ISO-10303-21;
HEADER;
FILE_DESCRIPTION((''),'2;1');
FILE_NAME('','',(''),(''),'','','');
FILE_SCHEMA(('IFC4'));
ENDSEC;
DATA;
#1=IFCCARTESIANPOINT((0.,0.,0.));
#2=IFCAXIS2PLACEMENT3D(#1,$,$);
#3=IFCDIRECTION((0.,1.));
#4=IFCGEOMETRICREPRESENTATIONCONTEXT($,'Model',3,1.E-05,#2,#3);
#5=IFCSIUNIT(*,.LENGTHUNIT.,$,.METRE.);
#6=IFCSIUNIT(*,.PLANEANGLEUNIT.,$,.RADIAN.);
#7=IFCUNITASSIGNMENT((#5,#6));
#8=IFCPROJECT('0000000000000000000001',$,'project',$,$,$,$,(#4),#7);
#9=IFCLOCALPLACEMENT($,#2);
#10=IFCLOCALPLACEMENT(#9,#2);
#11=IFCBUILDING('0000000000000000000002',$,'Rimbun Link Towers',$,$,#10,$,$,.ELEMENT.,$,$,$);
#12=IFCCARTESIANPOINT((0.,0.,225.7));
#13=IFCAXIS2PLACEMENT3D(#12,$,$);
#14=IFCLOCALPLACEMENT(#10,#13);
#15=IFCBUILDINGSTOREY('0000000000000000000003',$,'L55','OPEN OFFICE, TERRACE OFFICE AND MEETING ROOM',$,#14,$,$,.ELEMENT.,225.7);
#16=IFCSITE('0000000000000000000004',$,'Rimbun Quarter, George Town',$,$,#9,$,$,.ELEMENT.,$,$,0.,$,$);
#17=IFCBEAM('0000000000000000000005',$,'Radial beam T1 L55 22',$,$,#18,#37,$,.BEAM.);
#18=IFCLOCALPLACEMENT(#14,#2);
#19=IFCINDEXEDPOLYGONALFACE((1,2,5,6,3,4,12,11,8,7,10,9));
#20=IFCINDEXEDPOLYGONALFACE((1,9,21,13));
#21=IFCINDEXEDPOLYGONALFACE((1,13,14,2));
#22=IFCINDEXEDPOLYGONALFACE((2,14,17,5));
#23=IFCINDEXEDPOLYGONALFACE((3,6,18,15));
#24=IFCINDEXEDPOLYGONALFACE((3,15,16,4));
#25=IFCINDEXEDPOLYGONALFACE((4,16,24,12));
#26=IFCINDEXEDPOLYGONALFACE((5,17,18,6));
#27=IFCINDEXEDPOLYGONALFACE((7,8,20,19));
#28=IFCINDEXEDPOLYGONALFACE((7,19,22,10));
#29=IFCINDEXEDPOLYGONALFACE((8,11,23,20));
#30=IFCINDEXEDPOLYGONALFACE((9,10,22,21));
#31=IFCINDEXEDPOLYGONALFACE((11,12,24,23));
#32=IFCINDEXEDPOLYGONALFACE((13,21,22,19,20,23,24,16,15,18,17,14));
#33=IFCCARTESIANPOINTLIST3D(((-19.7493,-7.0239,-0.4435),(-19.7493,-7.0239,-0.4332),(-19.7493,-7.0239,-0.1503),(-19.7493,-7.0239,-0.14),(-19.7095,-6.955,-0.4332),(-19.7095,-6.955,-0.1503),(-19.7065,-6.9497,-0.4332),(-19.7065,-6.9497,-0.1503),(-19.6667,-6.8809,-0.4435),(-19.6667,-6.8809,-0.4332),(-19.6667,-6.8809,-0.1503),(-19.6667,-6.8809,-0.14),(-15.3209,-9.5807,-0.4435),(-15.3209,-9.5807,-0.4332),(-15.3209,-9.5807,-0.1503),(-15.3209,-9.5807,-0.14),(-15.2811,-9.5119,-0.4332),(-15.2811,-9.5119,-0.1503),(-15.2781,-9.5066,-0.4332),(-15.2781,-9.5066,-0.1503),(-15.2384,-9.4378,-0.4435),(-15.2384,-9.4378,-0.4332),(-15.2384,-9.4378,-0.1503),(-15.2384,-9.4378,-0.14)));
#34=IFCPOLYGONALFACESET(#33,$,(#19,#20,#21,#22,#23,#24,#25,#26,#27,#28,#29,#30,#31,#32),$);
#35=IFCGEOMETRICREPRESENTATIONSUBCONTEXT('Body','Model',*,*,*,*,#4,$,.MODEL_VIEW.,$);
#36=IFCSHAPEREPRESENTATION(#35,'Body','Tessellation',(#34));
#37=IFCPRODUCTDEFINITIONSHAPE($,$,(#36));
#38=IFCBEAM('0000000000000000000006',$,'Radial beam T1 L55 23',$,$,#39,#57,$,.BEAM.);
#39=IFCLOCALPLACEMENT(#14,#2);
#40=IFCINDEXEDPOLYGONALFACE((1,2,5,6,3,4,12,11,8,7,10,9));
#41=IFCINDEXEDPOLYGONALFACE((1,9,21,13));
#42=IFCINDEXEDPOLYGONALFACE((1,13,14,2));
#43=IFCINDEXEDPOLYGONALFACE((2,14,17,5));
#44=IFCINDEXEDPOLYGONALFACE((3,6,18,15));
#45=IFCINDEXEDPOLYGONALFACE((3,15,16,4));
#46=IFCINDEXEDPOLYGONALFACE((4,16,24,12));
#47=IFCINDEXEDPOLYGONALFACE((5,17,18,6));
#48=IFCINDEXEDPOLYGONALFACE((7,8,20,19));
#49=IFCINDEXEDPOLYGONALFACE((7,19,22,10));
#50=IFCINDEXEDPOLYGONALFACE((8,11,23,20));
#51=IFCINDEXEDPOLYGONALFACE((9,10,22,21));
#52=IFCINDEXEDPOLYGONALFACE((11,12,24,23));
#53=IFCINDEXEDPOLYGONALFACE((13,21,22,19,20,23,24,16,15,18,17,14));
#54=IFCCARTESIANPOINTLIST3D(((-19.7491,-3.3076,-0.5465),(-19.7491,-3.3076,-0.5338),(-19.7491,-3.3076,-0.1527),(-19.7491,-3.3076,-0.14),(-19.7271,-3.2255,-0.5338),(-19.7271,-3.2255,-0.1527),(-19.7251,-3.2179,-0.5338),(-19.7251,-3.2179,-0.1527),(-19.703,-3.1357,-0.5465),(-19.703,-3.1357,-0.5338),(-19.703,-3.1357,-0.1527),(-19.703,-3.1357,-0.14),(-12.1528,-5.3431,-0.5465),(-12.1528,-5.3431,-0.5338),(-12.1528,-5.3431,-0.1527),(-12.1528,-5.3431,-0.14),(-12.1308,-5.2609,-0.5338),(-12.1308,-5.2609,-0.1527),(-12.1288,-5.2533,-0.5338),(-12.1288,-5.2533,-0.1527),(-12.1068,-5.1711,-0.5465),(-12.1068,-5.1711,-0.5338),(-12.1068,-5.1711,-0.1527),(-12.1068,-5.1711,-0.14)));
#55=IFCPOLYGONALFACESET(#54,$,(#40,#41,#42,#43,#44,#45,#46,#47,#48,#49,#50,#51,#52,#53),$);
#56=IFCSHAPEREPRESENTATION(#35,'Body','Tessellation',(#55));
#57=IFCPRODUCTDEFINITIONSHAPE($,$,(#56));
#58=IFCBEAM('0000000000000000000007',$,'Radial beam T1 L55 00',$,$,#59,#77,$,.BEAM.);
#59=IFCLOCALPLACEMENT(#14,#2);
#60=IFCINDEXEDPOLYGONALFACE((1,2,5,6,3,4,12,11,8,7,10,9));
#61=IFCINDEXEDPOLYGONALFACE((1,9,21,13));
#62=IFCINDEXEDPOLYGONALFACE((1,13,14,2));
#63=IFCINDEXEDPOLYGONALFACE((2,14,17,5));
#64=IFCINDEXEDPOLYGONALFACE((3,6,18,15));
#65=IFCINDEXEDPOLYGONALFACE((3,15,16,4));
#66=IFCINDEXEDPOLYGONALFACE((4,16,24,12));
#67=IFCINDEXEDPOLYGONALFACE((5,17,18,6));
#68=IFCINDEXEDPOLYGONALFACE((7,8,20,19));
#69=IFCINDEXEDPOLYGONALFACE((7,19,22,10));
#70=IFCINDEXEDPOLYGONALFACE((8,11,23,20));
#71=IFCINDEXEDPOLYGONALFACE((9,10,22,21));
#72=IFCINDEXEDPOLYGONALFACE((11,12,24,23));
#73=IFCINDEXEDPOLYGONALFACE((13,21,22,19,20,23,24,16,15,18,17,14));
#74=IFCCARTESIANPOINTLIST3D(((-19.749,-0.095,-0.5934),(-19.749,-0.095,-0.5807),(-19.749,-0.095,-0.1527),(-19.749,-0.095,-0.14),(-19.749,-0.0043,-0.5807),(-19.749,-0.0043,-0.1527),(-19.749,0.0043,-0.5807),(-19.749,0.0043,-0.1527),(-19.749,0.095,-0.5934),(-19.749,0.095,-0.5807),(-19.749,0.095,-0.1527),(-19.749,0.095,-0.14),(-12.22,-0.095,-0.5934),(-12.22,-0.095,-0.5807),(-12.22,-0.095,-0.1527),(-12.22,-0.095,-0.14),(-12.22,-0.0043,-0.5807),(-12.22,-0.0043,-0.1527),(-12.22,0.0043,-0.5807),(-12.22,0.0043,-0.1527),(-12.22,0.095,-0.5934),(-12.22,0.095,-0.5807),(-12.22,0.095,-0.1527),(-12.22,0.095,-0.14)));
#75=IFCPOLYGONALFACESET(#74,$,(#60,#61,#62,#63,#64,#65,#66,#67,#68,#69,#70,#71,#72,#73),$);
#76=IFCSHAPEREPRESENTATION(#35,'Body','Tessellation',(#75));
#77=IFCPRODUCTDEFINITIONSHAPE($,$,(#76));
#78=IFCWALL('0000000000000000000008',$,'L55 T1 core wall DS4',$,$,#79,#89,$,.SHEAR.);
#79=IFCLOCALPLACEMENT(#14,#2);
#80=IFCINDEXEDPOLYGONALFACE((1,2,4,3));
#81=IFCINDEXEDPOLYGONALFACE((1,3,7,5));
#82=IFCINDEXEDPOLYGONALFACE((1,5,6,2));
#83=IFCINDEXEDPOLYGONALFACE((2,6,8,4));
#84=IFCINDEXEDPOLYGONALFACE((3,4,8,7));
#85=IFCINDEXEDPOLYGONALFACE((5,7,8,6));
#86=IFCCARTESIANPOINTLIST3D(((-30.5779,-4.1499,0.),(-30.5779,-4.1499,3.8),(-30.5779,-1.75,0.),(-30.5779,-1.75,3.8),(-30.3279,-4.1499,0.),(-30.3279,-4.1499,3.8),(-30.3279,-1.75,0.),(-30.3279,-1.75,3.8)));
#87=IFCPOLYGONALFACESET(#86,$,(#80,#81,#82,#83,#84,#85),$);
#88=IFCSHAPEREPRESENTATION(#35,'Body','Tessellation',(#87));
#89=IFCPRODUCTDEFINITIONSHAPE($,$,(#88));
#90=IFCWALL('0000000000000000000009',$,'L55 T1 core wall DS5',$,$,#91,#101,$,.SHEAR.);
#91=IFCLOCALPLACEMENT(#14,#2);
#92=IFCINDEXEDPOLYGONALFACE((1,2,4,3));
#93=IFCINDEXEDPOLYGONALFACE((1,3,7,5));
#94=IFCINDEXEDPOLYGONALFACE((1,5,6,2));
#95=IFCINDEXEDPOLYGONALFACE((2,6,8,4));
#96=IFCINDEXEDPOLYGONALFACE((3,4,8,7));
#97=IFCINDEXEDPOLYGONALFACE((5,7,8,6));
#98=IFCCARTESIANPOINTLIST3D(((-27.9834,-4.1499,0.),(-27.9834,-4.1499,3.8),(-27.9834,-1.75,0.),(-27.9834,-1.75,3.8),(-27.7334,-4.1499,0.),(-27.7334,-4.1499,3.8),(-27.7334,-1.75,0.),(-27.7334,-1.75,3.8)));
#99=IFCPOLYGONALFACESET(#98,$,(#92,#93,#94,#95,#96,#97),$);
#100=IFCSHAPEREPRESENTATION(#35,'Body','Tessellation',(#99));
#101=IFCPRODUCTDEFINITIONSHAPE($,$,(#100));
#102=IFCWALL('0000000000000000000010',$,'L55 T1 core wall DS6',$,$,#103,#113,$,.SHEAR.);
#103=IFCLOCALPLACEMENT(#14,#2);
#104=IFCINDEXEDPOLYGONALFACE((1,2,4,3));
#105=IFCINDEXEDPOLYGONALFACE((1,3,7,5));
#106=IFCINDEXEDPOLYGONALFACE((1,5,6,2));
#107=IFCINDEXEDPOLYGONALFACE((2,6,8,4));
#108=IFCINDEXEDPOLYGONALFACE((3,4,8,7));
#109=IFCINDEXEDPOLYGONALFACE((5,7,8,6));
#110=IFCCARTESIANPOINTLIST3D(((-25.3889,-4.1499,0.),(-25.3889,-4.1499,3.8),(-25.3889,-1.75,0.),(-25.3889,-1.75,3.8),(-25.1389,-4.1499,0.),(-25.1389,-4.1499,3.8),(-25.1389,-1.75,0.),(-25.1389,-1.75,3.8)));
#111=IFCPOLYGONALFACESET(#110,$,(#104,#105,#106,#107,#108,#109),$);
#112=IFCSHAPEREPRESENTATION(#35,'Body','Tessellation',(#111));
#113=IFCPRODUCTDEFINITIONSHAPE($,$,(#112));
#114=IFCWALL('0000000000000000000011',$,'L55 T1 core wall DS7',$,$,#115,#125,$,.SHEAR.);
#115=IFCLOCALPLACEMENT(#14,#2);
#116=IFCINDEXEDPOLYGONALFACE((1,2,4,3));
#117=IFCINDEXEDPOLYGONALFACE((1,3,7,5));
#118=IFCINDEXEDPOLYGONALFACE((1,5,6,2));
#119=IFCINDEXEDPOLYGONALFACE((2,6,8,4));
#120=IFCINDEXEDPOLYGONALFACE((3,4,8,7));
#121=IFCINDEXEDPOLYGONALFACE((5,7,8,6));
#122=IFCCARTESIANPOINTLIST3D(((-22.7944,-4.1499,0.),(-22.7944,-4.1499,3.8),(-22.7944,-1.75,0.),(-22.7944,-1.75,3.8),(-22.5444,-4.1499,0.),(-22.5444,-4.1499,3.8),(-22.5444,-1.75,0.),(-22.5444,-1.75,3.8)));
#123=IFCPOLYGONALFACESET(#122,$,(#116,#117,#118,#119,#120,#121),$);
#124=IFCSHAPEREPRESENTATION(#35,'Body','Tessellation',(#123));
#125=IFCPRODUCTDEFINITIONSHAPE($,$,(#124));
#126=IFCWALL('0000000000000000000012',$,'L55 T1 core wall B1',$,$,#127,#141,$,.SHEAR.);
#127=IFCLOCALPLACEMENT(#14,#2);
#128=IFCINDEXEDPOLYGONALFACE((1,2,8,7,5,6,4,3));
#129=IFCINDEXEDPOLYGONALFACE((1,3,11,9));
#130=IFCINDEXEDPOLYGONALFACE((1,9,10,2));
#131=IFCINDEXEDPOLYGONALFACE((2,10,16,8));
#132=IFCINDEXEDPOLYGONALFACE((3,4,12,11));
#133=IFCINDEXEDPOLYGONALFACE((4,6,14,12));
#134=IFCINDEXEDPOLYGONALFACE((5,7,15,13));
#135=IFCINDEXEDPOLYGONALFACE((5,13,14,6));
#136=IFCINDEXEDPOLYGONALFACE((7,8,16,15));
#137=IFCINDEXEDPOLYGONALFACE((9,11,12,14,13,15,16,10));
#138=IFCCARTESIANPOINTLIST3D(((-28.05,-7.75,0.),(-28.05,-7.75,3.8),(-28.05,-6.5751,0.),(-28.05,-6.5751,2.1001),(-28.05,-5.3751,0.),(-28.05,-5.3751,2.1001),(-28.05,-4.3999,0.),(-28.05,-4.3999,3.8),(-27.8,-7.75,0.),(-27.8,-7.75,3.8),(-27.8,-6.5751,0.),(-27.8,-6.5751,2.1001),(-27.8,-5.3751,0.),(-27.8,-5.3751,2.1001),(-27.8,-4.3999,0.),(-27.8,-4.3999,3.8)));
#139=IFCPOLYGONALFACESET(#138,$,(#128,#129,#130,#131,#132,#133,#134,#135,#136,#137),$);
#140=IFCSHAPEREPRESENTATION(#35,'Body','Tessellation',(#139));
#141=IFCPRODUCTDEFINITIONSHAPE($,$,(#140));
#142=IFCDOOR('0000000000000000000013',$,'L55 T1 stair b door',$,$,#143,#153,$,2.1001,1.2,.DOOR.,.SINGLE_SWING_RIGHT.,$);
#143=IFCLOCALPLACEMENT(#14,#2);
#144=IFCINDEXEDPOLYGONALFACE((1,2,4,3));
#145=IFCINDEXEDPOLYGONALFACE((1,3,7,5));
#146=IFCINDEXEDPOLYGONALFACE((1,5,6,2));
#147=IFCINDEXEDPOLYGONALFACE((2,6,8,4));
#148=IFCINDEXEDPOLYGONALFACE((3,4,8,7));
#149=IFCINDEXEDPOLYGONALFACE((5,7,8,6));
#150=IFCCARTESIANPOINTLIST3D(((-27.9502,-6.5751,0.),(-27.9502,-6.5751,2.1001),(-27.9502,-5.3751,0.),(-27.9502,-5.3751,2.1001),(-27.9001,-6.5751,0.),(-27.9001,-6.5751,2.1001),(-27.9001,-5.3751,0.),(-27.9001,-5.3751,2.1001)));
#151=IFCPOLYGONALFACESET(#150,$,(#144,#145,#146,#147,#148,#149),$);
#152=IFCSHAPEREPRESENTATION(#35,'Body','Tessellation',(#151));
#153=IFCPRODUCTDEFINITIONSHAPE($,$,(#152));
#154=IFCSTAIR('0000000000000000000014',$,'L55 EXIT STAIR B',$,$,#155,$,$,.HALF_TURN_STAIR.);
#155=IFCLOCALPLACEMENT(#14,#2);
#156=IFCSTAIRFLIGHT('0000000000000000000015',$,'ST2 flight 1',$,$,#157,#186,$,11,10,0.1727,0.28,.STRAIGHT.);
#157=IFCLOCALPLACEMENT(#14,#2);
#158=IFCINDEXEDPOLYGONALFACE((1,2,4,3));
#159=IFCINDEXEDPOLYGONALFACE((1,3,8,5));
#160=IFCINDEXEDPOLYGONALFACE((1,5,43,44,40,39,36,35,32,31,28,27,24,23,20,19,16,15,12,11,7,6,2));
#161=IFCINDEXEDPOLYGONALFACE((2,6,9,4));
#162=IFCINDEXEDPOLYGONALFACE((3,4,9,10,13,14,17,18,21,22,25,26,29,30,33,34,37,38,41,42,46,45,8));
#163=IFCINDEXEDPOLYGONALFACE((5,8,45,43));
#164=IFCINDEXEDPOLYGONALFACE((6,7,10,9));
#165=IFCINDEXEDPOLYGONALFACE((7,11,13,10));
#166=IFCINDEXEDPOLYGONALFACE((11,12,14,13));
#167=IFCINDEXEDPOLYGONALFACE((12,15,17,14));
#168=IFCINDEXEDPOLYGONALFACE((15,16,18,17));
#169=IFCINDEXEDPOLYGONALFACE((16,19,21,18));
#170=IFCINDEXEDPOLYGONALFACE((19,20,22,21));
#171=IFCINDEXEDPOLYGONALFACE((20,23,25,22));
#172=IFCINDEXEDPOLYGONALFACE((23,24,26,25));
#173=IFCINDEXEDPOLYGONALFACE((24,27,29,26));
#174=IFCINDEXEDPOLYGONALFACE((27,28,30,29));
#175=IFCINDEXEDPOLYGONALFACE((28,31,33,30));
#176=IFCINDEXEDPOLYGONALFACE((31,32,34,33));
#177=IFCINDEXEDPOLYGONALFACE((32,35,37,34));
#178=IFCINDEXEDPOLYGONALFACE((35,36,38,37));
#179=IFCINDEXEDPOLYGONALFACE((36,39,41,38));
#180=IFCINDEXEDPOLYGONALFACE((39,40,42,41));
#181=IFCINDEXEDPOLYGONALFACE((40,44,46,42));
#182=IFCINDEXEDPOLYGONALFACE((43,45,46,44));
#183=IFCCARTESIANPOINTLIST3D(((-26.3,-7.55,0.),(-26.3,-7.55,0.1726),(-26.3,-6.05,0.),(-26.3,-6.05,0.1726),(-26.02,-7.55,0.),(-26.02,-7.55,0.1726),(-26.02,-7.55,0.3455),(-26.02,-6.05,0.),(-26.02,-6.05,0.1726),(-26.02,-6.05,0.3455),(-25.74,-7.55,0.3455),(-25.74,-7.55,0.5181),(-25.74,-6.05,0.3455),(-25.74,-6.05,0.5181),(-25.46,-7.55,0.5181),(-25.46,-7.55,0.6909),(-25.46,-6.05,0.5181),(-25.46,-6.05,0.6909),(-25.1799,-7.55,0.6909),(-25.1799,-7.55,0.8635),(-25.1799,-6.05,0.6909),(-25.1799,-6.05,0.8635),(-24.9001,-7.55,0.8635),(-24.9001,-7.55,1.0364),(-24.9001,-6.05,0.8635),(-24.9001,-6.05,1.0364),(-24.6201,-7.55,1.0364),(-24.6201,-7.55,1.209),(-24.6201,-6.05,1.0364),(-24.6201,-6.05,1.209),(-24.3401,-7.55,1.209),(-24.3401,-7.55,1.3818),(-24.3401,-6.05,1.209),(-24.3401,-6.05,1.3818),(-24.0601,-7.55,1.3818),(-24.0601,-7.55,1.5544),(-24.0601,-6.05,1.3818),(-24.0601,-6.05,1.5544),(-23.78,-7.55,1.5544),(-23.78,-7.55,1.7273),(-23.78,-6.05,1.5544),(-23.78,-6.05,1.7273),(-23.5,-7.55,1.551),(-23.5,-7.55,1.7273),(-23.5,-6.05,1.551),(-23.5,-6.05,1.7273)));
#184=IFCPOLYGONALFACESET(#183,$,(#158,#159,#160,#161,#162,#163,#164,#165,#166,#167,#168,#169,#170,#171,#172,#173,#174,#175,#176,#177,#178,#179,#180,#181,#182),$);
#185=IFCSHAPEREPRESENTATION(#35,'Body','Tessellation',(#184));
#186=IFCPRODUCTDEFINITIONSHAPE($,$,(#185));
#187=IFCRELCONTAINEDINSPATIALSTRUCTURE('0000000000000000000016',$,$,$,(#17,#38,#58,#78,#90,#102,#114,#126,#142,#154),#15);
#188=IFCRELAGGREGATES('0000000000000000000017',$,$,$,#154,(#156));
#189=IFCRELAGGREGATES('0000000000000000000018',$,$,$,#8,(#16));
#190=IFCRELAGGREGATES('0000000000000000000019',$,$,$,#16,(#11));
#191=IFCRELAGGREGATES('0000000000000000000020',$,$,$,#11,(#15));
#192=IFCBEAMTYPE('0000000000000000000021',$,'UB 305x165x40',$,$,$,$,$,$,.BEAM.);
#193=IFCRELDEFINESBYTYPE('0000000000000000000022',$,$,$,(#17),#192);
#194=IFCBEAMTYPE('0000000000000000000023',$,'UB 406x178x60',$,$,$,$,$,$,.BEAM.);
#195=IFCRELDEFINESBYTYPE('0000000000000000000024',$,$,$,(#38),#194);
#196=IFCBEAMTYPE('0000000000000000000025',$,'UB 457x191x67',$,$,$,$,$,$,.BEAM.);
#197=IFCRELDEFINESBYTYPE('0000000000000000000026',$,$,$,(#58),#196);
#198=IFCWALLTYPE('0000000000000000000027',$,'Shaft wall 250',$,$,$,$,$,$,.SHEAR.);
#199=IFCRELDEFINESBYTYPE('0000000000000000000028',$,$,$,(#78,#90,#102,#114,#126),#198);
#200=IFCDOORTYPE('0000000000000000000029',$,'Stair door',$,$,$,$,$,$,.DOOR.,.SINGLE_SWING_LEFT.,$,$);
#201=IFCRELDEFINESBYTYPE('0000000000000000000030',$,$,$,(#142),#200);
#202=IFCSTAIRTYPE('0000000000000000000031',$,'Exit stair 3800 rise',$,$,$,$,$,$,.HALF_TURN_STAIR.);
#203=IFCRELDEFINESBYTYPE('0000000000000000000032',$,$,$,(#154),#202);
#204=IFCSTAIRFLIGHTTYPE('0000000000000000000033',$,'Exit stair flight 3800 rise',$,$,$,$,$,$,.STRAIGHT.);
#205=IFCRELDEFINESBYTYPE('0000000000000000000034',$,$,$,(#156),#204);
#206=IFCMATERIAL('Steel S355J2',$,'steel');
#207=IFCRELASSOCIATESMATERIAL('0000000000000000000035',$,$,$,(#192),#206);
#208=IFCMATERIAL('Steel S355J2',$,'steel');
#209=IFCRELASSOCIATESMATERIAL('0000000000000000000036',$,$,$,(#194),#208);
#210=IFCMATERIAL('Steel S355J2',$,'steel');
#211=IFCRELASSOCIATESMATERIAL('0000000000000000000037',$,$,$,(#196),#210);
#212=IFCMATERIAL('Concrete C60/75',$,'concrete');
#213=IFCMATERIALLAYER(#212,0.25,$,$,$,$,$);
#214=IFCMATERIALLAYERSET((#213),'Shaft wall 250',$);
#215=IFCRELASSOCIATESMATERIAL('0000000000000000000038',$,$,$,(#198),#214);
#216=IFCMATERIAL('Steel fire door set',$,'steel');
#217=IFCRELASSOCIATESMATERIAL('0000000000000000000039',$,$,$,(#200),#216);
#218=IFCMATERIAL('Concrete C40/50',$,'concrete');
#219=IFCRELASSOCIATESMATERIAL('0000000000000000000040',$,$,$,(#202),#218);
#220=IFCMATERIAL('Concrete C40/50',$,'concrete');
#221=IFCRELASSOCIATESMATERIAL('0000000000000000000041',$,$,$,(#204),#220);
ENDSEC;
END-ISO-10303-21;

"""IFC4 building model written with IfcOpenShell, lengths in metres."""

from ifc_helpers import new_model, si_unit, direction, frame, frame_2d, origin, origin_2d, place, context, subcontext, project, spatial, polyline, rectangle, i_section, outline, extrude, material, layer, layer_set, material_profile, profile_set, type_object, element, fill, aggregate, save


model = new_model("IFC4")

# Units and contexts
model_context = context("Model", 3, precision=1e-05, world=origin(), true_north=direction((0.0, 1.0)))
body_context = subcontext(model_context, "Body", "Model", "MODEL_VIEW")
ifc_project = project(units=[si_unit("LENGTHUNIT", "METRE"), si_unit("PLANEANGLEUNIT", "RADIAN")], contexts=[model_context])

# Site, building, storey
site_placement = place(None, origin())
site = spatial("IfcSite", under=ifc_project, at=site_placement, Name="Rimbun Quarter, George Town", CompositionType="ELEMENT", RefElevation=0.0)
building_placement = place(site_placement, origin())
building = spatial("IfcBuilding", under=site, at=building_placement, Name="Rimbun Link Towers", CompositionType="ELEMENT")
storey_placement = place(building_placement, frame((0.0, 0.0, 225.7)))
storey = spatial("IfcBuildingStorey", under=building, at=storey_placement, Name="L55", Description="OPEN OFFICE, TERRACE OFFICE AND MEETING ROOM", CompositionType="ELEMENT", Elevation=225.7)

# Beams
ifc_material_1 = material(Name="Steel S355J2", Category="steel")
ifc_material_profile_1 = material_profile(ifc_material_1, i_section(OverallWidth=0.165, OverallDepth=0.3035, WebThickness=0.0061, FlangeThickness=0.0103, at=origin_2d()), Name="UB 305x165x40")
ifc_profile_set_1 = profile_set([ifc_material_profile_1], Name="Steel S355J2")
beam_type_1 = type_object("IfcBeamType", Name="UB 305x165x40", PredefinedType="BEAM", material=ifc_profile_set_1)
beam_1_placement = place(storey_placement, frame((-19.708, -6.9524, -0.2917), z_axis=(0.866016, -0.500016, 0.0), x_axis=(0.500016, 0.866016, 0.0)))
element("IfcBeam", 1, at=beam_1_placement, inside=storey, type_object=beam_type_1, Name="Radial beam T1 L55 22", PredefinedType="BEAM", context=body_context, shape_type="SweptSolid", body=[
    extrude(i_section(OverallWidth=0.165, OverallDepth=0.3035, WebThickness=0.0061, FlangeThickness=0.0103, at=origin_2d()), origin(), (0.0, 0.0, 1.0), 5.1135),
])
ifc_material_2 = material(Name="Steel S355J2", Category="steel")
ifc_material_profile_2 = material_profile(ifc_material_2, i_section(OverallWidth=0.178, OverallDepth=0.4065, WebThickness=0.0078, FlangeThickness=0.0127, at=origin_2d()), Name="UB 406x178x60")
ifc_profile_set_2 = profile_set([ifc_material_profile_2], Name="Steel S355J2")
beam_type_2 = type_object("IfcBeamType", Name="UB 406x178x60", PredefinedType="BEAM", material=ifc_profile_set_2)
beam_2_placement = place(storey_placement, frame((-19.7261, -3.2217, -0.3433), z_axis=(0.965926, -0.25882, 0.0), x_axis=(0.25882, 0.965926, 0.0)))
element("IfcBeam", 2, at=beam_2_placement, inside=storey, type_object=beam_type_2, Name="Radial beam T1 L55 23", PredefinedType="BEAM", context=body_context, shape_type="SweptSolid", body=[
    extrude(i_section(OverallWidth=0.178, OverallDepth=0.4065, WebThickness=0.0078, FlangeThickness=0.0127, at=origin_2d()), origin(), (0.0, 0.0, 1.0), 7.8643),
])
ifc_material_3 = material(Name="Steel S355J2", Category="steel")
ifc_material_profile_3 = material_profile(ifc_material_3, i_section(OverallWidth=0.1899, OverallDepth=0.4534, WebThickness=0.0085, FlangeThickness=0.0127, at=origin_2d()), Name="UB 457x191x67")
ifc_profile_set_3 = profile_set([ifc_material_profile_3], Name="Steel S355J2")
beam_type_3 = type_object("IfcBeamType", Name="UB 457x191x67", PredefinedType="BEAM", material=ifc_profile_set_3)
beam_3_placement = place(storey_placement, frame((-19.749, 0.0, -0.3667), z_axis=(1.0, 0.0, 0.0), x_axis=(0.0, 1.0, 0.0)))
element("IfcBeam", 3, at=beam_3_placement, inside=storey, type_object=beam_type_3, Name="Radial beam T1 L55 00", PredefinedType="BEAM", context=body_context, shape_type="SweptSolid", body=[
    extrude(i_section(OverallWidth=0.1899, OverallDepth=0.4534, WebThickness=0.0085, FlangeThickness=0.0127, at=origin_2d()), origin(), (0.0, 0.0, 1.0), 7.5291),
])

# Walls
ifc_material_4 = material(Name="Concrete C60/75", Category="concrete")
ifc_layer = layer(ifc_material_4, 0.25)
ifc_layer_set = layer_set([ifc_layer], Name="Shaft wall 250")
wall_type = type_object("IfcWallType", Name="Shaft wall 250", PredefinedType="SHEAR", material=ifc_layer_set)
for number, where, z_axis, x_axis, name in (
    (4, (-30.4529, -4.1499, 0.0), (0.0, 0.0, 1.0), (0.0, 1.0, 0.0), "L55 T1 core wall DS4"),
    (5, (-27.8584, -4.1499, 0.0), (0.0, 0.0, 1.0), (0.0, 1.0, 0.0), "L55 T1 core wall DS5"),
    (6, (-25.2639, -4.1499, 0.0), (0.0, 0.0, 1.0), (0.0, 1.0, 0.0), "L55 T1 core wall DS6"),
    (7, (-22.6694, -4.1499, 0.0), (0.0, 0.0, 1.0), (0.0, 1.0, 0.0), "L55 T1 core wall DS7"),
):
    element("IfcWall", number, at=place(storey_placement, frame(where, z_axis=z_axis, x_axis=x_axis)), inside=storey, type_object=wall_type, Name=name, PredefinedType="SHEAR", context=body_context, shape_type="SweptSolid", body=[
        extrude(rectangle(XDim=2.3999, YDim=0.25, at=frame_2d((1.2, 0.0))), origin(), (0.0, 0.0, 1.0), 3.8),
    ])

# Wall, opening, door
wall_placement = place(storey_placement, frame((-27.925, -4.3999, 0.0), z_axis=(0.0, 0.0, 1.0), x_axis=(0.0, -1.0, 0.0)))
wall = element("IfcWall", 8, at=wall_placement, inside=storey, type_object=wall_type, Name="L55 T1 core wall B1", PredefinedType="SHEAR", context=body_context, shape_type="SweptSolid", body=[
    extrude(rectangle(XDim=3.3501, YDim=0.25, at=frame_2d((1.675, 0.0))), origin(), (0.0, 0.0, 1.0), 3.8),
])
opening_placement = place(wall_placement, frame((0.9751, 0.0, 0.0)))
opening = element("IfcOpeningElement", 9, at=opening_placement, cuts=wall, PredefinedType="OPENING", context=body_context, shape_type="SweptSolid", body=[
    extrude(rectangle(XDim=1.2, YDim=2.1001, at=frame_2d((0.6001, 1.05))), frame((0.0, 0.135, 0.0), z_axis=(0.0, -1.0, 0.0), x_axis=(1.0, 0.0, 0.0)), (0.0, 0.0, 1.0), 0.27),
])
ifc_material_5 = material(Name="Steel fire door set", Category="steel")
door_type = type_object("IfcDoorType", Name="Stair door", OperationType="SINGLE_SWING_LEFT", PredefinedType="DOOR", material=ifc_material_5)
door_placement = place(opening_placement, origin())
door = element("IfcDoor", 10, at=door_placement, inside=storey, type_object=door_type, Name="L55 T1 stair b door", OperationType="SINGLE_SWING_RIGHT", OverallHeight=2.1001, OverallWidth=1.2, PredefinedType="DOOR", context=body_context, shape_type="SweptSolid", body=[
    extrude(rectangle(XDim=1.2, YDim=2.1001, at=frame_2d((0.6001, 1.05))), frame((0.0, 0.0249, 0.0), z_axis=(0.0, -1.0, 0.0), x_axis=(1.0, 0.0, 0.0)), (0.0, 0.0, 1.0), 0.05),
])
fill(opening, door)

# Stair, stair flight
ifc_material_6 = material(Name="Concrete C40/50", Category="concrete")
stair_type = type_object("IfcStairType", Name="Exit stair 3800 rise", PredefinedType="HALF_TURN_STAIR", material=ifc_material_6)
stair_placement = place(storey_placement, origin())
stair = element("IfcStair", 11, at=stair_placement, inside=storey, type_object=stair_type, Name="L55 EXIT STAIR B", PredefinedType="HALF_TURN_STAIR")
ifc_material_7 = material(Name="Concrete C40/50", Category="concrete")
stair_flight_type = type_object("IfcStairFlightType", Name="Exit stair flight 3800 rise", PredefinedType="STRAIGHT", material=ifc_material_7)
stair_flight_1_placement = place(storey_placement, frame((-26.3, -6.8, 0.0), z_axis=(0.0, 0.0, 1.0), x_axis=(1.0, 0.0, 0.0)))
stair_flight_1 = element("IfcStairFlight", 12, at=stair_flight_1_placement, type_object=stair_flight_type, Name="ST2 flight 1", NumberOfRisers=11, NumberOfTreads=10, PredefinedType="STRAIGHT", RiserHeight=0.1727, TreadLength=0.28, context=body_context, shape_type="SweptSolid", body=[
    extrude(outline(polyline([(0.0, 0.0), (0.0, 0.1726), (0.28, 0.1726), (0.28, 0.3455), (0.5601, 0.3455), (0.5601, 0.5181), (0.8401, 0.5181), (0.8401, 0.6909), (1.1201, 0.6909), (1.1201, 0.8635), (1.3999, 0.8635), (1.3999, 1.0364), (1.6799, 1.0364), (1.6799, 1.209), (1.96, 1.209), (1.96, 1.3818), (2.24, 1.3818), (2.24, 1.5544), (2.52, 1.5544), (2.52, 1.7273), (2.8, 1.7273), (2.8, 1.8999), (2.8, 1.551), (0.28, 0.0), (0.0, 0.0)])), frame((0.0, 0.75, 0.0), z_axis=(0.0, -1.0, 0.0), x_axis=(1.0, 0.0, 0.0)), (0.0, 0.0, 1.0), 1.5),
])
aggregate(stair, [stair_flight_1])

save(model, "model.ifc")
